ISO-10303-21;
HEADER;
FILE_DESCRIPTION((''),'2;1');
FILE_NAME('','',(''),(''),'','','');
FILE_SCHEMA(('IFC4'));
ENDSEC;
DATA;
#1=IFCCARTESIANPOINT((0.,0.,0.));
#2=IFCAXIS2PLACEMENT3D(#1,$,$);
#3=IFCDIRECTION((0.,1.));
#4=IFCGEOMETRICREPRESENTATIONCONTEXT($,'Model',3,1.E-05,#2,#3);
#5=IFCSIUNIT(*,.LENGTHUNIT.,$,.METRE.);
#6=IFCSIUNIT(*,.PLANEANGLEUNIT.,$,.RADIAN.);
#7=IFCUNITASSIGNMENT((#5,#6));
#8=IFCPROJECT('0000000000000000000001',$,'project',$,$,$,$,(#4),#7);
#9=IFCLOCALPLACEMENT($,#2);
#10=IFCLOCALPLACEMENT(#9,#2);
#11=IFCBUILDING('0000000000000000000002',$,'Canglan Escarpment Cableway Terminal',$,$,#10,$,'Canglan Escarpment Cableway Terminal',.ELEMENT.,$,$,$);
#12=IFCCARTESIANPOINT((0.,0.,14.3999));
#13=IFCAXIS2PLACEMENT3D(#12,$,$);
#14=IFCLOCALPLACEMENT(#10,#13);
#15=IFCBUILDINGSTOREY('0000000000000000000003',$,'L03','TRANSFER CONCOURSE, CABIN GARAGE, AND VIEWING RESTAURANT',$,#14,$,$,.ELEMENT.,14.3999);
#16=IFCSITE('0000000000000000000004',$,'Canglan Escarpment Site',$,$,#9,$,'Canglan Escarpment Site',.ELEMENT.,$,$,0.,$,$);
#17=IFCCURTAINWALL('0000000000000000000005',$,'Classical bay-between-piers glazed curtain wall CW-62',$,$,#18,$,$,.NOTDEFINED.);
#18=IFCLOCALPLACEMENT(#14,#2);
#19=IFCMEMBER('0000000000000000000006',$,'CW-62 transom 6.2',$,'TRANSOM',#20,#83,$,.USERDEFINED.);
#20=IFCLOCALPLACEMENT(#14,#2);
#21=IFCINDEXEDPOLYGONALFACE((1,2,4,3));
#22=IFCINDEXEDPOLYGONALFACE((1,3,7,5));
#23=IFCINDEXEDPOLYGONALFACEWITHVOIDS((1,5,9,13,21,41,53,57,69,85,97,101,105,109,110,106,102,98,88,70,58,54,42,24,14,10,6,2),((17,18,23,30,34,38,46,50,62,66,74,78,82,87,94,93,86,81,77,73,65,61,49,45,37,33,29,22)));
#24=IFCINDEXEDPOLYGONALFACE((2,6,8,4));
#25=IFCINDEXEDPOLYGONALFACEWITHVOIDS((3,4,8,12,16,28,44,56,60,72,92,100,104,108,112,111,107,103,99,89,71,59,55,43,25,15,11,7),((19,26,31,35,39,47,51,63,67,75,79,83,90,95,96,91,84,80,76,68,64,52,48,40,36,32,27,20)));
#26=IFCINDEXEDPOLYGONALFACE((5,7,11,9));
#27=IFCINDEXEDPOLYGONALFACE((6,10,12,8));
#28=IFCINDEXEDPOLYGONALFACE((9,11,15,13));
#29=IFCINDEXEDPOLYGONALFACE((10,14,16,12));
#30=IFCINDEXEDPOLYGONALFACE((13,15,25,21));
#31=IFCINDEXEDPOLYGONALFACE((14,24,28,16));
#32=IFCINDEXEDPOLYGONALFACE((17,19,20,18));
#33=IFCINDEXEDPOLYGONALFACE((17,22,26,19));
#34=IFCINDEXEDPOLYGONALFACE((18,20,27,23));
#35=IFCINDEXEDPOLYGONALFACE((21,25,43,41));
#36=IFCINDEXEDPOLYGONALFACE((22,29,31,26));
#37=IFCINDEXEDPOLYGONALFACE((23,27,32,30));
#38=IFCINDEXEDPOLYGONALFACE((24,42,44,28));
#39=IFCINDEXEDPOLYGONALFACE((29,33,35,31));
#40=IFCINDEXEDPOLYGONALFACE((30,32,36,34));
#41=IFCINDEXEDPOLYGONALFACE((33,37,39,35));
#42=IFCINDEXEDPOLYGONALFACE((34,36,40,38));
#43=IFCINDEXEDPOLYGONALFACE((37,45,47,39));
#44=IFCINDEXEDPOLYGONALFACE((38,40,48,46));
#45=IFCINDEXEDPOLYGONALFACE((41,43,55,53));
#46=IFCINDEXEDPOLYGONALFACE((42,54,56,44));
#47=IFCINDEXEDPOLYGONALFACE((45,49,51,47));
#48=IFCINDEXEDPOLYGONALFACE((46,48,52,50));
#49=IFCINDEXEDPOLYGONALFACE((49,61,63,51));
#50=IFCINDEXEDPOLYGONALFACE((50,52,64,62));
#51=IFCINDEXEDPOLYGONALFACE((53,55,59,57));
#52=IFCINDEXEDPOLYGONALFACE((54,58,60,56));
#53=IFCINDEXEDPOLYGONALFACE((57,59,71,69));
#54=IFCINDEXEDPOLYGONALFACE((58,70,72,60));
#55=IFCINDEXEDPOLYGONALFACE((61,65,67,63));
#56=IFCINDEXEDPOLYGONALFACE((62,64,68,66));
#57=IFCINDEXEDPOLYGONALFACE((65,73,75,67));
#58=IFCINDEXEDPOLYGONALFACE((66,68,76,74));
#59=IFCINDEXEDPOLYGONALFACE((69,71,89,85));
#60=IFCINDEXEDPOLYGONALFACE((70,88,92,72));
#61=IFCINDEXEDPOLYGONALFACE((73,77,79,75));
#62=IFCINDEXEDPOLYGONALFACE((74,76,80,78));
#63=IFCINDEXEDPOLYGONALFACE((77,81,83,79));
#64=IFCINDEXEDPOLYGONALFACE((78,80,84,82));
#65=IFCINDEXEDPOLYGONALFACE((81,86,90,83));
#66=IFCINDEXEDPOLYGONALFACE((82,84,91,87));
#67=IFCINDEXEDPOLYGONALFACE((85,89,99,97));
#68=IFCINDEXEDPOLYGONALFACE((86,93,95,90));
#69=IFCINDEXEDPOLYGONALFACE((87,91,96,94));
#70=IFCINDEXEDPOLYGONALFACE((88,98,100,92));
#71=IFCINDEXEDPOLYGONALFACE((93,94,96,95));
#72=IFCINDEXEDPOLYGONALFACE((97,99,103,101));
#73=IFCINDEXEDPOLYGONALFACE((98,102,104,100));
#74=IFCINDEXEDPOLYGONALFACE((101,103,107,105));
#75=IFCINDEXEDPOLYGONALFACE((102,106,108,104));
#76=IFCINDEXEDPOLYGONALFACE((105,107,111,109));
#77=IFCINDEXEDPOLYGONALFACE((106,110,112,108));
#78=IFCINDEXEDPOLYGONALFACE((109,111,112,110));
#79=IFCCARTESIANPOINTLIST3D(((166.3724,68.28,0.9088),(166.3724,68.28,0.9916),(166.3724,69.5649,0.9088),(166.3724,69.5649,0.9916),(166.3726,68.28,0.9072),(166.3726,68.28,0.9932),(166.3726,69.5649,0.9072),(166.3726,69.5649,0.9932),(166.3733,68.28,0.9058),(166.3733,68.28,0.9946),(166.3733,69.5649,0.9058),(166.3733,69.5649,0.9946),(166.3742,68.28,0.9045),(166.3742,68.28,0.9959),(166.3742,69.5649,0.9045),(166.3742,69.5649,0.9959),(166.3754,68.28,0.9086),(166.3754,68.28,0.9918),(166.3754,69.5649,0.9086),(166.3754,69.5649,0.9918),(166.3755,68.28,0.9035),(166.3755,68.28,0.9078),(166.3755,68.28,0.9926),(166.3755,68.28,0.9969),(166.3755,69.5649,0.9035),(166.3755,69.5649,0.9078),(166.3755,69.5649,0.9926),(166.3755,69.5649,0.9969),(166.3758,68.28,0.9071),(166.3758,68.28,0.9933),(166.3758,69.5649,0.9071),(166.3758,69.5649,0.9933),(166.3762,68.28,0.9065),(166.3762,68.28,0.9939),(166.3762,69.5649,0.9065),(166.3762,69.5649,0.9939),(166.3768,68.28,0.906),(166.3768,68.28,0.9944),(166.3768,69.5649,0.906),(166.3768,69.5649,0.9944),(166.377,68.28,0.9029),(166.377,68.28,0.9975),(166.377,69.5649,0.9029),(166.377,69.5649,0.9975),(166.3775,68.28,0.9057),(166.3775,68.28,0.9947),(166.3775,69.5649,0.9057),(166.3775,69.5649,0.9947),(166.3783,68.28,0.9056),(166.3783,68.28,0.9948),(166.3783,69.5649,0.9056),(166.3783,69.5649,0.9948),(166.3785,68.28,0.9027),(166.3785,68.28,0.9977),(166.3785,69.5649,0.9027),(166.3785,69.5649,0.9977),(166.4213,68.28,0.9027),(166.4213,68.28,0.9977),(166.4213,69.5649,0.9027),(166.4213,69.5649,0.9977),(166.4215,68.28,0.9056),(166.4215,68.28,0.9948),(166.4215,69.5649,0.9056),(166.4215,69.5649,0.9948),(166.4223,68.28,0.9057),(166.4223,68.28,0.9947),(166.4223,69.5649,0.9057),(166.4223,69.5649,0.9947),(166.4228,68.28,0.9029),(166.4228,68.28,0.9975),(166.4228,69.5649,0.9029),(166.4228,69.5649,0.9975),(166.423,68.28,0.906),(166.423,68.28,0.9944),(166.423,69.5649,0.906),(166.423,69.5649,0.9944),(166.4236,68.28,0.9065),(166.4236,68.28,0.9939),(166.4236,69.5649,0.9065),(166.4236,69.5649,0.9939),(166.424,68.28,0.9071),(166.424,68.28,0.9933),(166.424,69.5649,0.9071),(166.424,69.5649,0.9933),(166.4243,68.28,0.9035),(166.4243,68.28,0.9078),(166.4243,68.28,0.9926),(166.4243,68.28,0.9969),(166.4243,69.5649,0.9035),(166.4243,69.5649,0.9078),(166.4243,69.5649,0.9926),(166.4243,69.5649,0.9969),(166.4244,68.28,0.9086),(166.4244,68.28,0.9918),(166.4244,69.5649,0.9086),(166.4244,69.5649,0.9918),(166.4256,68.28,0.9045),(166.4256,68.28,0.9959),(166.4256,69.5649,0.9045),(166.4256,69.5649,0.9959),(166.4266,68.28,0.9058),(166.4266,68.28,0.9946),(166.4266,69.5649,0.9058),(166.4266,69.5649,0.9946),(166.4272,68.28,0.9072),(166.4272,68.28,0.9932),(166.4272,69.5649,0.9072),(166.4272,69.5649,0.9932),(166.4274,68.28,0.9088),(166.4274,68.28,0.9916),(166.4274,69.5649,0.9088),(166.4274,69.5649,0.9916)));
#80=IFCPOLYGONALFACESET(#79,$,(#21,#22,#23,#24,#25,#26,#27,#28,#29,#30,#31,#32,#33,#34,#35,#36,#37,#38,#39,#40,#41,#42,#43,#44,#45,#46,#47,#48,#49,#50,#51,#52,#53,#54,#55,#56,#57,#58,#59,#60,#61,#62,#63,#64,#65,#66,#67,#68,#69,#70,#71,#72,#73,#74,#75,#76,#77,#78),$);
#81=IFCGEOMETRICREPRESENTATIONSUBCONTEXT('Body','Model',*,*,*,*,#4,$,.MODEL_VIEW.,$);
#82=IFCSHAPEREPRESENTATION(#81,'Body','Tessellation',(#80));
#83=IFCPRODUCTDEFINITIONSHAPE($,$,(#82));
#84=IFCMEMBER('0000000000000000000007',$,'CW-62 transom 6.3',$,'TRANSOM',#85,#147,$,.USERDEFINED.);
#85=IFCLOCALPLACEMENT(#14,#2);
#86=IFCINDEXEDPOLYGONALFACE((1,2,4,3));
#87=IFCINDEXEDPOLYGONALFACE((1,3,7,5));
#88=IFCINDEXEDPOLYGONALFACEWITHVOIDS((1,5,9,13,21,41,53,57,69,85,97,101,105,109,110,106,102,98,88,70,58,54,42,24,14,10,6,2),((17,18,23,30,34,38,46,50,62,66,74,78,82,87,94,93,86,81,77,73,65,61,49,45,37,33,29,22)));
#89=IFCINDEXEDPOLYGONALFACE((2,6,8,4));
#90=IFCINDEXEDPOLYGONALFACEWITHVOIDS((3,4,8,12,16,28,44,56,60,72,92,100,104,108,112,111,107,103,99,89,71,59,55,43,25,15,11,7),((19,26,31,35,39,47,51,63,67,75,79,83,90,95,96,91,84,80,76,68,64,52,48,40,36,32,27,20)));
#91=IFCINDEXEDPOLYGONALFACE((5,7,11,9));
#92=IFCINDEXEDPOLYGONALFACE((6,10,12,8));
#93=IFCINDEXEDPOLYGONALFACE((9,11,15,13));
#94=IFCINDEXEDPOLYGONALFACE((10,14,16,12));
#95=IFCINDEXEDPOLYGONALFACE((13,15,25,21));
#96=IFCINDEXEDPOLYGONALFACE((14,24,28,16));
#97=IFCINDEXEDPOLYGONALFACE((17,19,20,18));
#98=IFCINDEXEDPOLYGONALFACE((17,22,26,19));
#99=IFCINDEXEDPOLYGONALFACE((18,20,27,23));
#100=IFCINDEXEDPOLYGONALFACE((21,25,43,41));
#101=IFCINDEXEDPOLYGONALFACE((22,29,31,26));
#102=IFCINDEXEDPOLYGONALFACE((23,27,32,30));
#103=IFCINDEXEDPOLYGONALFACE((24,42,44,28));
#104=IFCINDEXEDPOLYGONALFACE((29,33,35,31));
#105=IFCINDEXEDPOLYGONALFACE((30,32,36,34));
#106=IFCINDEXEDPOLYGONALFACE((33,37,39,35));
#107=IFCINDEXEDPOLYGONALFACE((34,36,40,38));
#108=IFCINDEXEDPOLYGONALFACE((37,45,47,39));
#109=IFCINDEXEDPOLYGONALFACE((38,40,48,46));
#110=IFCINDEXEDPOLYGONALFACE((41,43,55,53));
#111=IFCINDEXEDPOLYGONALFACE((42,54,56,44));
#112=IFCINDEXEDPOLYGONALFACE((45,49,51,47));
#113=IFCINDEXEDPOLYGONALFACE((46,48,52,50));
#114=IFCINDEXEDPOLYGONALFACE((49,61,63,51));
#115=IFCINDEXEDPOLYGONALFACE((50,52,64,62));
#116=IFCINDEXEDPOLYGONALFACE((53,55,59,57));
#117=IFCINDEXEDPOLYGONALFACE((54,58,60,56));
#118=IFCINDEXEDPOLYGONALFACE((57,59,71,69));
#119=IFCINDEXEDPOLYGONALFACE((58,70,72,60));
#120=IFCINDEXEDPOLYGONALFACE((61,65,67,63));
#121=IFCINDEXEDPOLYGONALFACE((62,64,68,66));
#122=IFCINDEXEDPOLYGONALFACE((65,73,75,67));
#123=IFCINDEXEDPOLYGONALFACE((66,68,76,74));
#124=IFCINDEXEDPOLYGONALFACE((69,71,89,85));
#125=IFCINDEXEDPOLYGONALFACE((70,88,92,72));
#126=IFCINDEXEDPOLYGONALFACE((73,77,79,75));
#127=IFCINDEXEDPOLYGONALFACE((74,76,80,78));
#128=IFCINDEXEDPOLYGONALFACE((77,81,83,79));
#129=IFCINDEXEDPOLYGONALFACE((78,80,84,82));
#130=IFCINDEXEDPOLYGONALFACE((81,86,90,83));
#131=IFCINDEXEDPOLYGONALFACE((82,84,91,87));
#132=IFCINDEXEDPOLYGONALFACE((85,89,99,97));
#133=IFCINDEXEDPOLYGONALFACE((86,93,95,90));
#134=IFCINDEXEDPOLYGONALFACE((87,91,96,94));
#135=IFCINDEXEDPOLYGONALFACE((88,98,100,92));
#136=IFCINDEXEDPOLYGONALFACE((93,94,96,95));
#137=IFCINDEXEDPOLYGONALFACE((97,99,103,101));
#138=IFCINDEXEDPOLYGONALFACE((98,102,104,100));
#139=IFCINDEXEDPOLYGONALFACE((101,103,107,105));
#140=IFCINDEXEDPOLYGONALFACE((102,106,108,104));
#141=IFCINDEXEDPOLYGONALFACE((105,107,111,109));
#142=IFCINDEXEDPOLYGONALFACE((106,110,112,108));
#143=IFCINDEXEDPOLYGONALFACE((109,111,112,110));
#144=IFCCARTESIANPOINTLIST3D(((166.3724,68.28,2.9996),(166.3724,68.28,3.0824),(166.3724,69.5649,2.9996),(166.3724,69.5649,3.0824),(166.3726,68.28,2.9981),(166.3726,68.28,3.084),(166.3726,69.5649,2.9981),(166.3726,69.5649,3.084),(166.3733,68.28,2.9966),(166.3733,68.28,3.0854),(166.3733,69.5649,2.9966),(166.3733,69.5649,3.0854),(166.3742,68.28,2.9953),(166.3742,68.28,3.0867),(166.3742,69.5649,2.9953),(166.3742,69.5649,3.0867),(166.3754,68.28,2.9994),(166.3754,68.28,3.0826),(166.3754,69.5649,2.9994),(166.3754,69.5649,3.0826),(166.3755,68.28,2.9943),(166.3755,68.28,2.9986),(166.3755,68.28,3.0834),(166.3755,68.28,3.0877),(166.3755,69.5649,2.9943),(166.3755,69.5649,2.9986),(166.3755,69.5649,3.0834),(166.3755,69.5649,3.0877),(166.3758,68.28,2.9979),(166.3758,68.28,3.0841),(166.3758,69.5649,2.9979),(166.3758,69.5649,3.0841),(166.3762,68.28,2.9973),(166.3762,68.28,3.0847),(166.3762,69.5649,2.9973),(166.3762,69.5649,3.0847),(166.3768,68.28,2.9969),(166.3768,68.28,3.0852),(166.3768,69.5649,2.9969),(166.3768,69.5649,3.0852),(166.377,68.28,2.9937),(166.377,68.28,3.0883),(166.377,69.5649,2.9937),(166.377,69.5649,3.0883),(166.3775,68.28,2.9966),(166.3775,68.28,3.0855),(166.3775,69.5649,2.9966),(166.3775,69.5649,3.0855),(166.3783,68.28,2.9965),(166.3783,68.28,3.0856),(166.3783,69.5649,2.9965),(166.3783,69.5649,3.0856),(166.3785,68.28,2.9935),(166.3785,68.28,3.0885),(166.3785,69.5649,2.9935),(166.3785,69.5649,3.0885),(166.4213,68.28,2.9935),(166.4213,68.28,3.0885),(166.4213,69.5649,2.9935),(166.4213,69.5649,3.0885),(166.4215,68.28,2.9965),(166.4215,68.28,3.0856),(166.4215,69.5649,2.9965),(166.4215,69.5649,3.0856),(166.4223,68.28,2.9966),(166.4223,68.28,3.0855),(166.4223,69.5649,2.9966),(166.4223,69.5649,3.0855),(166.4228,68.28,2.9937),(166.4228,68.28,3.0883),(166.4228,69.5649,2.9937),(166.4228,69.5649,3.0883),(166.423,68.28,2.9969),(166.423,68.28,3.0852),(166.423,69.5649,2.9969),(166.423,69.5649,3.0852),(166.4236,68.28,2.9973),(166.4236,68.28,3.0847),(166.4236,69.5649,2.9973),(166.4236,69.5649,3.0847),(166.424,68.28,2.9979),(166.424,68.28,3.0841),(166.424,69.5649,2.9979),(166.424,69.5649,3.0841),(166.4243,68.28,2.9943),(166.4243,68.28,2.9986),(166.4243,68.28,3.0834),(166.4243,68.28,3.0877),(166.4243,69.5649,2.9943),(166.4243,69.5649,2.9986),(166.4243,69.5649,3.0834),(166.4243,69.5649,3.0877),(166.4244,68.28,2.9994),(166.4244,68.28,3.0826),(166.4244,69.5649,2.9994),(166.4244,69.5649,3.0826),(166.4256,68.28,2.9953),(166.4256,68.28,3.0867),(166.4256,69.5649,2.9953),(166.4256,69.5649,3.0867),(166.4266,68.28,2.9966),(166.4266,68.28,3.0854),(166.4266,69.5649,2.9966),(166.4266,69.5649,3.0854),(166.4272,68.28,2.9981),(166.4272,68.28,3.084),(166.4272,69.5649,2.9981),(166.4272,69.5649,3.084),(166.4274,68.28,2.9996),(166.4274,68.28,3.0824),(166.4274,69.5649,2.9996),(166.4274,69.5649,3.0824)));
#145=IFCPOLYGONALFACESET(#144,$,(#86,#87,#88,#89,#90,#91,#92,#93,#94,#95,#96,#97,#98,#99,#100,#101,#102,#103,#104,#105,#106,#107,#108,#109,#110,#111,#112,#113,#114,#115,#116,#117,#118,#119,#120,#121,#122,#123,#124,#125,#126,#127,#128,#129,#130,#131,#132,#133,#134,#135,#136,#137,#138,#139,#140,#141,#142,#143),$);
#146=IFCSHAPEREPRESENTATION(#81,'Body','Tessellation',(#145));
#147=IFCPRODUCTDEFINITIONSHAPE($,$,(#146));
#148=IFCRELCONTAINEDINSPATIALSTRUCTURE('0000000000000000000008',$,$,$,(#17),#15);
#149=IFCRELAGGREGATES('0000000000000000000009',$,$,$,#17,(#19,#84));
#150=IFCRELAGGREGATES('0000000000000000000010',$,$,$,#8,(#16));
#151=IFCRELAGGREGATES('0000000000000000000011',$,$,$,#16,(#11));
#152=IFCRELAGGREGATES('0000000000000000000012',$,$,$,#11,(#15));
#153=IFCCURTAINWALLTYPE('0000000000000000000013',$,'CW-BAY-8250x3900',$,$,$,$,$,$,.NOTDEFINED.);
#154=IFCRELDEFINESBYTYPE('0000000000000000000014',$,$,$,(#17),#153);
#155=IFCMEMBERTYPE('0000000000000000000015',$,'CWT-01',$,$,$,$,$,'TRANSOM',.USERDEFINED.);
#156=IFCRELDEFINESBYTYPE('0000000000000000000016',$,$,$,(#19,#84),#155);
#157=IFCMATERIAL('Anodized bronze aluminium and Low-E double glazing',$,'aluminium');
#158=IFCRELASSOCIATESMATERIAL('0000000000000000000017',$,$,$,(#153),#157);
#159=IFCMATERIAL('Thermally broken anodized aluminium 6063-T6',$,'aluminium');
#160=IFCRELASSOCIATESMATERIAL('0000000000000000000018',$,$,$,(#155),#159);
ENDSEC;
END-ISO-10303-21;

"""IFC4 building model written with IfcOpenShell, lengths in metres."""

from ifc_helpers import new_model, si_unit, direction, frame, origin, origin_2d, place, context, subcontext, project, spatial, hollow_rectangle, extrude, material, material_profile, profile_set, type_object, element, aggregate, save


model = new_model("IFC4")

# Units and contexts
model_context = context("Model", 3, precision=1e-05, world=origin(), true_north=direction((0.0, 1.0)))
body_context = subcontext(model_context, "Body", "Model", "MODEL_VIEW")
ifc_project = project(units=[si_unit("LENGTHUNIT", "METRE"), si_unit("PLANEANGLEUNIT", "RADIAN")], contexts=[model_context])

# Site, building, storey
site_placement = place(None, origin())
site = spatial("IfcSite", under=ifc_project, at=site_placement, Name="Canglan Escarpment Site", LongName="Canglan Escarpment Site", CompositionType="ELEMENT", RefElevation=0.0)
building_placement = place(site_placement, origin())
building = spatial("IfcBuilding", under=site, at=building_placement, Name="Canglan Escarpment Cableway Terminal", LongName="Canglan Escarpment Cableway Terminal", CompositionType="ELEMENT")
storey_placement = place(building_placement, frame((0.0, 0.0, 14.3999)))
storey = spatial("IfcBuildingStorey", under=building, at=storey_placement, Name="L03", Description="TRANSFER CONCOURSE, CABIN GARAGE, AND VIEWING RESTAURANT", CompositionType="ELEMENT", Elevation=14.3999)

# Curtain wall, members
ifc_material_1 = material(Name="Anodized bronze aluminium and Low-E double glazing", Category="aluminium")
curtain_wall_type = type_object("IfcCurtainWallType", Name="CW-BAY-8250x3900", PredefinedType="NOTDEFINED", material=ifc_material_1)
curtain_wall_placement = place(storey_placement, origin())
curtain_wall = element("IfcCurtainWall", 1, at=curtain_wall_placement, inside=storey, type_object=curtain_wall_type, Name="Classical bay-between-piers glazed curtain wall CW-62", PredefinedType="NOTDEFINED")
ifc_material_2 = material(Name="Thermally broken anodized aluminium 6063-T6", Category="aluminium")
ifc_material_profile_1 = material_profile(ifc_material_2, hollow_rectangle(XDim=0.0549, YDim=0.095, WallThickness=0.0029, InnerFilletRadius=0.0029, OuterFilletRadius=0.0061, at=origin_2d()), Name="ALU-TRAN 55x95x3")
ifc_profile_set_1 = profile_set([ifc_material_profile_1], Name="Thermally broken anodized aluminium 6063-T6")
member_type_1 = type_object("IfcMemberType", Name="CWT-01", ElementType="TRANSOM", PredefinedType="USERDEFINED", material=ifc_profile_set_1)
member_1_placement = place(storey_placement, frame((166.3999, 68.28, 0.9502), z_axis=(0.0, 1.0, 0.0), x_axis=(-1.0, 0.0, 0.0)))
member_1 = element("IfcMember", 2, at=member_1_placement, type_object=member_type_1, Name="CW-62 transom 6.2", ObjectType="TRANSOM", PredefinedType="USERDEFINED", context=body_context, shape_type="SweptSolid", body=[
    extrude(hollow_rectangle(XDim=0.0549, YDim=0.095, WallThickness=0.0029, InnerFilletRadius=0.0029, OuterFilletRadius=0.0061, at=origin_2d()), origin(), (0.0, 0.0, 1.0), 1.2849),
])
member_2_placement = place(storey_placement, frame((166.3999, 68.28, 3.041), z_axis=(0.0, 1.0, 0.0), x_axis=(-1.0, 0.0, 0.0)))
member_2 = element("IfcMember", 3, at=member_2_placement, type_object=member_type_1, Name="CW-62 transom 6.3", ObjectType="TRANSOM", PredefinedType="USERDEFINED", context=body_context, shape_type="SweptSolid", body=[
    extrude(hollow_rectangle(XDim=0.0549, YDim=0.095, WallThickness=0.0029, InnerFilletRadius=0.0029, OuterFilletRadius=0.0061, at=origin_2d()), origin(), (0.0, 0.0, 1.0), 1.2849),
])
aggregate(curtain_wall, [member_1, member_2])

save(model, "model.ifc")
